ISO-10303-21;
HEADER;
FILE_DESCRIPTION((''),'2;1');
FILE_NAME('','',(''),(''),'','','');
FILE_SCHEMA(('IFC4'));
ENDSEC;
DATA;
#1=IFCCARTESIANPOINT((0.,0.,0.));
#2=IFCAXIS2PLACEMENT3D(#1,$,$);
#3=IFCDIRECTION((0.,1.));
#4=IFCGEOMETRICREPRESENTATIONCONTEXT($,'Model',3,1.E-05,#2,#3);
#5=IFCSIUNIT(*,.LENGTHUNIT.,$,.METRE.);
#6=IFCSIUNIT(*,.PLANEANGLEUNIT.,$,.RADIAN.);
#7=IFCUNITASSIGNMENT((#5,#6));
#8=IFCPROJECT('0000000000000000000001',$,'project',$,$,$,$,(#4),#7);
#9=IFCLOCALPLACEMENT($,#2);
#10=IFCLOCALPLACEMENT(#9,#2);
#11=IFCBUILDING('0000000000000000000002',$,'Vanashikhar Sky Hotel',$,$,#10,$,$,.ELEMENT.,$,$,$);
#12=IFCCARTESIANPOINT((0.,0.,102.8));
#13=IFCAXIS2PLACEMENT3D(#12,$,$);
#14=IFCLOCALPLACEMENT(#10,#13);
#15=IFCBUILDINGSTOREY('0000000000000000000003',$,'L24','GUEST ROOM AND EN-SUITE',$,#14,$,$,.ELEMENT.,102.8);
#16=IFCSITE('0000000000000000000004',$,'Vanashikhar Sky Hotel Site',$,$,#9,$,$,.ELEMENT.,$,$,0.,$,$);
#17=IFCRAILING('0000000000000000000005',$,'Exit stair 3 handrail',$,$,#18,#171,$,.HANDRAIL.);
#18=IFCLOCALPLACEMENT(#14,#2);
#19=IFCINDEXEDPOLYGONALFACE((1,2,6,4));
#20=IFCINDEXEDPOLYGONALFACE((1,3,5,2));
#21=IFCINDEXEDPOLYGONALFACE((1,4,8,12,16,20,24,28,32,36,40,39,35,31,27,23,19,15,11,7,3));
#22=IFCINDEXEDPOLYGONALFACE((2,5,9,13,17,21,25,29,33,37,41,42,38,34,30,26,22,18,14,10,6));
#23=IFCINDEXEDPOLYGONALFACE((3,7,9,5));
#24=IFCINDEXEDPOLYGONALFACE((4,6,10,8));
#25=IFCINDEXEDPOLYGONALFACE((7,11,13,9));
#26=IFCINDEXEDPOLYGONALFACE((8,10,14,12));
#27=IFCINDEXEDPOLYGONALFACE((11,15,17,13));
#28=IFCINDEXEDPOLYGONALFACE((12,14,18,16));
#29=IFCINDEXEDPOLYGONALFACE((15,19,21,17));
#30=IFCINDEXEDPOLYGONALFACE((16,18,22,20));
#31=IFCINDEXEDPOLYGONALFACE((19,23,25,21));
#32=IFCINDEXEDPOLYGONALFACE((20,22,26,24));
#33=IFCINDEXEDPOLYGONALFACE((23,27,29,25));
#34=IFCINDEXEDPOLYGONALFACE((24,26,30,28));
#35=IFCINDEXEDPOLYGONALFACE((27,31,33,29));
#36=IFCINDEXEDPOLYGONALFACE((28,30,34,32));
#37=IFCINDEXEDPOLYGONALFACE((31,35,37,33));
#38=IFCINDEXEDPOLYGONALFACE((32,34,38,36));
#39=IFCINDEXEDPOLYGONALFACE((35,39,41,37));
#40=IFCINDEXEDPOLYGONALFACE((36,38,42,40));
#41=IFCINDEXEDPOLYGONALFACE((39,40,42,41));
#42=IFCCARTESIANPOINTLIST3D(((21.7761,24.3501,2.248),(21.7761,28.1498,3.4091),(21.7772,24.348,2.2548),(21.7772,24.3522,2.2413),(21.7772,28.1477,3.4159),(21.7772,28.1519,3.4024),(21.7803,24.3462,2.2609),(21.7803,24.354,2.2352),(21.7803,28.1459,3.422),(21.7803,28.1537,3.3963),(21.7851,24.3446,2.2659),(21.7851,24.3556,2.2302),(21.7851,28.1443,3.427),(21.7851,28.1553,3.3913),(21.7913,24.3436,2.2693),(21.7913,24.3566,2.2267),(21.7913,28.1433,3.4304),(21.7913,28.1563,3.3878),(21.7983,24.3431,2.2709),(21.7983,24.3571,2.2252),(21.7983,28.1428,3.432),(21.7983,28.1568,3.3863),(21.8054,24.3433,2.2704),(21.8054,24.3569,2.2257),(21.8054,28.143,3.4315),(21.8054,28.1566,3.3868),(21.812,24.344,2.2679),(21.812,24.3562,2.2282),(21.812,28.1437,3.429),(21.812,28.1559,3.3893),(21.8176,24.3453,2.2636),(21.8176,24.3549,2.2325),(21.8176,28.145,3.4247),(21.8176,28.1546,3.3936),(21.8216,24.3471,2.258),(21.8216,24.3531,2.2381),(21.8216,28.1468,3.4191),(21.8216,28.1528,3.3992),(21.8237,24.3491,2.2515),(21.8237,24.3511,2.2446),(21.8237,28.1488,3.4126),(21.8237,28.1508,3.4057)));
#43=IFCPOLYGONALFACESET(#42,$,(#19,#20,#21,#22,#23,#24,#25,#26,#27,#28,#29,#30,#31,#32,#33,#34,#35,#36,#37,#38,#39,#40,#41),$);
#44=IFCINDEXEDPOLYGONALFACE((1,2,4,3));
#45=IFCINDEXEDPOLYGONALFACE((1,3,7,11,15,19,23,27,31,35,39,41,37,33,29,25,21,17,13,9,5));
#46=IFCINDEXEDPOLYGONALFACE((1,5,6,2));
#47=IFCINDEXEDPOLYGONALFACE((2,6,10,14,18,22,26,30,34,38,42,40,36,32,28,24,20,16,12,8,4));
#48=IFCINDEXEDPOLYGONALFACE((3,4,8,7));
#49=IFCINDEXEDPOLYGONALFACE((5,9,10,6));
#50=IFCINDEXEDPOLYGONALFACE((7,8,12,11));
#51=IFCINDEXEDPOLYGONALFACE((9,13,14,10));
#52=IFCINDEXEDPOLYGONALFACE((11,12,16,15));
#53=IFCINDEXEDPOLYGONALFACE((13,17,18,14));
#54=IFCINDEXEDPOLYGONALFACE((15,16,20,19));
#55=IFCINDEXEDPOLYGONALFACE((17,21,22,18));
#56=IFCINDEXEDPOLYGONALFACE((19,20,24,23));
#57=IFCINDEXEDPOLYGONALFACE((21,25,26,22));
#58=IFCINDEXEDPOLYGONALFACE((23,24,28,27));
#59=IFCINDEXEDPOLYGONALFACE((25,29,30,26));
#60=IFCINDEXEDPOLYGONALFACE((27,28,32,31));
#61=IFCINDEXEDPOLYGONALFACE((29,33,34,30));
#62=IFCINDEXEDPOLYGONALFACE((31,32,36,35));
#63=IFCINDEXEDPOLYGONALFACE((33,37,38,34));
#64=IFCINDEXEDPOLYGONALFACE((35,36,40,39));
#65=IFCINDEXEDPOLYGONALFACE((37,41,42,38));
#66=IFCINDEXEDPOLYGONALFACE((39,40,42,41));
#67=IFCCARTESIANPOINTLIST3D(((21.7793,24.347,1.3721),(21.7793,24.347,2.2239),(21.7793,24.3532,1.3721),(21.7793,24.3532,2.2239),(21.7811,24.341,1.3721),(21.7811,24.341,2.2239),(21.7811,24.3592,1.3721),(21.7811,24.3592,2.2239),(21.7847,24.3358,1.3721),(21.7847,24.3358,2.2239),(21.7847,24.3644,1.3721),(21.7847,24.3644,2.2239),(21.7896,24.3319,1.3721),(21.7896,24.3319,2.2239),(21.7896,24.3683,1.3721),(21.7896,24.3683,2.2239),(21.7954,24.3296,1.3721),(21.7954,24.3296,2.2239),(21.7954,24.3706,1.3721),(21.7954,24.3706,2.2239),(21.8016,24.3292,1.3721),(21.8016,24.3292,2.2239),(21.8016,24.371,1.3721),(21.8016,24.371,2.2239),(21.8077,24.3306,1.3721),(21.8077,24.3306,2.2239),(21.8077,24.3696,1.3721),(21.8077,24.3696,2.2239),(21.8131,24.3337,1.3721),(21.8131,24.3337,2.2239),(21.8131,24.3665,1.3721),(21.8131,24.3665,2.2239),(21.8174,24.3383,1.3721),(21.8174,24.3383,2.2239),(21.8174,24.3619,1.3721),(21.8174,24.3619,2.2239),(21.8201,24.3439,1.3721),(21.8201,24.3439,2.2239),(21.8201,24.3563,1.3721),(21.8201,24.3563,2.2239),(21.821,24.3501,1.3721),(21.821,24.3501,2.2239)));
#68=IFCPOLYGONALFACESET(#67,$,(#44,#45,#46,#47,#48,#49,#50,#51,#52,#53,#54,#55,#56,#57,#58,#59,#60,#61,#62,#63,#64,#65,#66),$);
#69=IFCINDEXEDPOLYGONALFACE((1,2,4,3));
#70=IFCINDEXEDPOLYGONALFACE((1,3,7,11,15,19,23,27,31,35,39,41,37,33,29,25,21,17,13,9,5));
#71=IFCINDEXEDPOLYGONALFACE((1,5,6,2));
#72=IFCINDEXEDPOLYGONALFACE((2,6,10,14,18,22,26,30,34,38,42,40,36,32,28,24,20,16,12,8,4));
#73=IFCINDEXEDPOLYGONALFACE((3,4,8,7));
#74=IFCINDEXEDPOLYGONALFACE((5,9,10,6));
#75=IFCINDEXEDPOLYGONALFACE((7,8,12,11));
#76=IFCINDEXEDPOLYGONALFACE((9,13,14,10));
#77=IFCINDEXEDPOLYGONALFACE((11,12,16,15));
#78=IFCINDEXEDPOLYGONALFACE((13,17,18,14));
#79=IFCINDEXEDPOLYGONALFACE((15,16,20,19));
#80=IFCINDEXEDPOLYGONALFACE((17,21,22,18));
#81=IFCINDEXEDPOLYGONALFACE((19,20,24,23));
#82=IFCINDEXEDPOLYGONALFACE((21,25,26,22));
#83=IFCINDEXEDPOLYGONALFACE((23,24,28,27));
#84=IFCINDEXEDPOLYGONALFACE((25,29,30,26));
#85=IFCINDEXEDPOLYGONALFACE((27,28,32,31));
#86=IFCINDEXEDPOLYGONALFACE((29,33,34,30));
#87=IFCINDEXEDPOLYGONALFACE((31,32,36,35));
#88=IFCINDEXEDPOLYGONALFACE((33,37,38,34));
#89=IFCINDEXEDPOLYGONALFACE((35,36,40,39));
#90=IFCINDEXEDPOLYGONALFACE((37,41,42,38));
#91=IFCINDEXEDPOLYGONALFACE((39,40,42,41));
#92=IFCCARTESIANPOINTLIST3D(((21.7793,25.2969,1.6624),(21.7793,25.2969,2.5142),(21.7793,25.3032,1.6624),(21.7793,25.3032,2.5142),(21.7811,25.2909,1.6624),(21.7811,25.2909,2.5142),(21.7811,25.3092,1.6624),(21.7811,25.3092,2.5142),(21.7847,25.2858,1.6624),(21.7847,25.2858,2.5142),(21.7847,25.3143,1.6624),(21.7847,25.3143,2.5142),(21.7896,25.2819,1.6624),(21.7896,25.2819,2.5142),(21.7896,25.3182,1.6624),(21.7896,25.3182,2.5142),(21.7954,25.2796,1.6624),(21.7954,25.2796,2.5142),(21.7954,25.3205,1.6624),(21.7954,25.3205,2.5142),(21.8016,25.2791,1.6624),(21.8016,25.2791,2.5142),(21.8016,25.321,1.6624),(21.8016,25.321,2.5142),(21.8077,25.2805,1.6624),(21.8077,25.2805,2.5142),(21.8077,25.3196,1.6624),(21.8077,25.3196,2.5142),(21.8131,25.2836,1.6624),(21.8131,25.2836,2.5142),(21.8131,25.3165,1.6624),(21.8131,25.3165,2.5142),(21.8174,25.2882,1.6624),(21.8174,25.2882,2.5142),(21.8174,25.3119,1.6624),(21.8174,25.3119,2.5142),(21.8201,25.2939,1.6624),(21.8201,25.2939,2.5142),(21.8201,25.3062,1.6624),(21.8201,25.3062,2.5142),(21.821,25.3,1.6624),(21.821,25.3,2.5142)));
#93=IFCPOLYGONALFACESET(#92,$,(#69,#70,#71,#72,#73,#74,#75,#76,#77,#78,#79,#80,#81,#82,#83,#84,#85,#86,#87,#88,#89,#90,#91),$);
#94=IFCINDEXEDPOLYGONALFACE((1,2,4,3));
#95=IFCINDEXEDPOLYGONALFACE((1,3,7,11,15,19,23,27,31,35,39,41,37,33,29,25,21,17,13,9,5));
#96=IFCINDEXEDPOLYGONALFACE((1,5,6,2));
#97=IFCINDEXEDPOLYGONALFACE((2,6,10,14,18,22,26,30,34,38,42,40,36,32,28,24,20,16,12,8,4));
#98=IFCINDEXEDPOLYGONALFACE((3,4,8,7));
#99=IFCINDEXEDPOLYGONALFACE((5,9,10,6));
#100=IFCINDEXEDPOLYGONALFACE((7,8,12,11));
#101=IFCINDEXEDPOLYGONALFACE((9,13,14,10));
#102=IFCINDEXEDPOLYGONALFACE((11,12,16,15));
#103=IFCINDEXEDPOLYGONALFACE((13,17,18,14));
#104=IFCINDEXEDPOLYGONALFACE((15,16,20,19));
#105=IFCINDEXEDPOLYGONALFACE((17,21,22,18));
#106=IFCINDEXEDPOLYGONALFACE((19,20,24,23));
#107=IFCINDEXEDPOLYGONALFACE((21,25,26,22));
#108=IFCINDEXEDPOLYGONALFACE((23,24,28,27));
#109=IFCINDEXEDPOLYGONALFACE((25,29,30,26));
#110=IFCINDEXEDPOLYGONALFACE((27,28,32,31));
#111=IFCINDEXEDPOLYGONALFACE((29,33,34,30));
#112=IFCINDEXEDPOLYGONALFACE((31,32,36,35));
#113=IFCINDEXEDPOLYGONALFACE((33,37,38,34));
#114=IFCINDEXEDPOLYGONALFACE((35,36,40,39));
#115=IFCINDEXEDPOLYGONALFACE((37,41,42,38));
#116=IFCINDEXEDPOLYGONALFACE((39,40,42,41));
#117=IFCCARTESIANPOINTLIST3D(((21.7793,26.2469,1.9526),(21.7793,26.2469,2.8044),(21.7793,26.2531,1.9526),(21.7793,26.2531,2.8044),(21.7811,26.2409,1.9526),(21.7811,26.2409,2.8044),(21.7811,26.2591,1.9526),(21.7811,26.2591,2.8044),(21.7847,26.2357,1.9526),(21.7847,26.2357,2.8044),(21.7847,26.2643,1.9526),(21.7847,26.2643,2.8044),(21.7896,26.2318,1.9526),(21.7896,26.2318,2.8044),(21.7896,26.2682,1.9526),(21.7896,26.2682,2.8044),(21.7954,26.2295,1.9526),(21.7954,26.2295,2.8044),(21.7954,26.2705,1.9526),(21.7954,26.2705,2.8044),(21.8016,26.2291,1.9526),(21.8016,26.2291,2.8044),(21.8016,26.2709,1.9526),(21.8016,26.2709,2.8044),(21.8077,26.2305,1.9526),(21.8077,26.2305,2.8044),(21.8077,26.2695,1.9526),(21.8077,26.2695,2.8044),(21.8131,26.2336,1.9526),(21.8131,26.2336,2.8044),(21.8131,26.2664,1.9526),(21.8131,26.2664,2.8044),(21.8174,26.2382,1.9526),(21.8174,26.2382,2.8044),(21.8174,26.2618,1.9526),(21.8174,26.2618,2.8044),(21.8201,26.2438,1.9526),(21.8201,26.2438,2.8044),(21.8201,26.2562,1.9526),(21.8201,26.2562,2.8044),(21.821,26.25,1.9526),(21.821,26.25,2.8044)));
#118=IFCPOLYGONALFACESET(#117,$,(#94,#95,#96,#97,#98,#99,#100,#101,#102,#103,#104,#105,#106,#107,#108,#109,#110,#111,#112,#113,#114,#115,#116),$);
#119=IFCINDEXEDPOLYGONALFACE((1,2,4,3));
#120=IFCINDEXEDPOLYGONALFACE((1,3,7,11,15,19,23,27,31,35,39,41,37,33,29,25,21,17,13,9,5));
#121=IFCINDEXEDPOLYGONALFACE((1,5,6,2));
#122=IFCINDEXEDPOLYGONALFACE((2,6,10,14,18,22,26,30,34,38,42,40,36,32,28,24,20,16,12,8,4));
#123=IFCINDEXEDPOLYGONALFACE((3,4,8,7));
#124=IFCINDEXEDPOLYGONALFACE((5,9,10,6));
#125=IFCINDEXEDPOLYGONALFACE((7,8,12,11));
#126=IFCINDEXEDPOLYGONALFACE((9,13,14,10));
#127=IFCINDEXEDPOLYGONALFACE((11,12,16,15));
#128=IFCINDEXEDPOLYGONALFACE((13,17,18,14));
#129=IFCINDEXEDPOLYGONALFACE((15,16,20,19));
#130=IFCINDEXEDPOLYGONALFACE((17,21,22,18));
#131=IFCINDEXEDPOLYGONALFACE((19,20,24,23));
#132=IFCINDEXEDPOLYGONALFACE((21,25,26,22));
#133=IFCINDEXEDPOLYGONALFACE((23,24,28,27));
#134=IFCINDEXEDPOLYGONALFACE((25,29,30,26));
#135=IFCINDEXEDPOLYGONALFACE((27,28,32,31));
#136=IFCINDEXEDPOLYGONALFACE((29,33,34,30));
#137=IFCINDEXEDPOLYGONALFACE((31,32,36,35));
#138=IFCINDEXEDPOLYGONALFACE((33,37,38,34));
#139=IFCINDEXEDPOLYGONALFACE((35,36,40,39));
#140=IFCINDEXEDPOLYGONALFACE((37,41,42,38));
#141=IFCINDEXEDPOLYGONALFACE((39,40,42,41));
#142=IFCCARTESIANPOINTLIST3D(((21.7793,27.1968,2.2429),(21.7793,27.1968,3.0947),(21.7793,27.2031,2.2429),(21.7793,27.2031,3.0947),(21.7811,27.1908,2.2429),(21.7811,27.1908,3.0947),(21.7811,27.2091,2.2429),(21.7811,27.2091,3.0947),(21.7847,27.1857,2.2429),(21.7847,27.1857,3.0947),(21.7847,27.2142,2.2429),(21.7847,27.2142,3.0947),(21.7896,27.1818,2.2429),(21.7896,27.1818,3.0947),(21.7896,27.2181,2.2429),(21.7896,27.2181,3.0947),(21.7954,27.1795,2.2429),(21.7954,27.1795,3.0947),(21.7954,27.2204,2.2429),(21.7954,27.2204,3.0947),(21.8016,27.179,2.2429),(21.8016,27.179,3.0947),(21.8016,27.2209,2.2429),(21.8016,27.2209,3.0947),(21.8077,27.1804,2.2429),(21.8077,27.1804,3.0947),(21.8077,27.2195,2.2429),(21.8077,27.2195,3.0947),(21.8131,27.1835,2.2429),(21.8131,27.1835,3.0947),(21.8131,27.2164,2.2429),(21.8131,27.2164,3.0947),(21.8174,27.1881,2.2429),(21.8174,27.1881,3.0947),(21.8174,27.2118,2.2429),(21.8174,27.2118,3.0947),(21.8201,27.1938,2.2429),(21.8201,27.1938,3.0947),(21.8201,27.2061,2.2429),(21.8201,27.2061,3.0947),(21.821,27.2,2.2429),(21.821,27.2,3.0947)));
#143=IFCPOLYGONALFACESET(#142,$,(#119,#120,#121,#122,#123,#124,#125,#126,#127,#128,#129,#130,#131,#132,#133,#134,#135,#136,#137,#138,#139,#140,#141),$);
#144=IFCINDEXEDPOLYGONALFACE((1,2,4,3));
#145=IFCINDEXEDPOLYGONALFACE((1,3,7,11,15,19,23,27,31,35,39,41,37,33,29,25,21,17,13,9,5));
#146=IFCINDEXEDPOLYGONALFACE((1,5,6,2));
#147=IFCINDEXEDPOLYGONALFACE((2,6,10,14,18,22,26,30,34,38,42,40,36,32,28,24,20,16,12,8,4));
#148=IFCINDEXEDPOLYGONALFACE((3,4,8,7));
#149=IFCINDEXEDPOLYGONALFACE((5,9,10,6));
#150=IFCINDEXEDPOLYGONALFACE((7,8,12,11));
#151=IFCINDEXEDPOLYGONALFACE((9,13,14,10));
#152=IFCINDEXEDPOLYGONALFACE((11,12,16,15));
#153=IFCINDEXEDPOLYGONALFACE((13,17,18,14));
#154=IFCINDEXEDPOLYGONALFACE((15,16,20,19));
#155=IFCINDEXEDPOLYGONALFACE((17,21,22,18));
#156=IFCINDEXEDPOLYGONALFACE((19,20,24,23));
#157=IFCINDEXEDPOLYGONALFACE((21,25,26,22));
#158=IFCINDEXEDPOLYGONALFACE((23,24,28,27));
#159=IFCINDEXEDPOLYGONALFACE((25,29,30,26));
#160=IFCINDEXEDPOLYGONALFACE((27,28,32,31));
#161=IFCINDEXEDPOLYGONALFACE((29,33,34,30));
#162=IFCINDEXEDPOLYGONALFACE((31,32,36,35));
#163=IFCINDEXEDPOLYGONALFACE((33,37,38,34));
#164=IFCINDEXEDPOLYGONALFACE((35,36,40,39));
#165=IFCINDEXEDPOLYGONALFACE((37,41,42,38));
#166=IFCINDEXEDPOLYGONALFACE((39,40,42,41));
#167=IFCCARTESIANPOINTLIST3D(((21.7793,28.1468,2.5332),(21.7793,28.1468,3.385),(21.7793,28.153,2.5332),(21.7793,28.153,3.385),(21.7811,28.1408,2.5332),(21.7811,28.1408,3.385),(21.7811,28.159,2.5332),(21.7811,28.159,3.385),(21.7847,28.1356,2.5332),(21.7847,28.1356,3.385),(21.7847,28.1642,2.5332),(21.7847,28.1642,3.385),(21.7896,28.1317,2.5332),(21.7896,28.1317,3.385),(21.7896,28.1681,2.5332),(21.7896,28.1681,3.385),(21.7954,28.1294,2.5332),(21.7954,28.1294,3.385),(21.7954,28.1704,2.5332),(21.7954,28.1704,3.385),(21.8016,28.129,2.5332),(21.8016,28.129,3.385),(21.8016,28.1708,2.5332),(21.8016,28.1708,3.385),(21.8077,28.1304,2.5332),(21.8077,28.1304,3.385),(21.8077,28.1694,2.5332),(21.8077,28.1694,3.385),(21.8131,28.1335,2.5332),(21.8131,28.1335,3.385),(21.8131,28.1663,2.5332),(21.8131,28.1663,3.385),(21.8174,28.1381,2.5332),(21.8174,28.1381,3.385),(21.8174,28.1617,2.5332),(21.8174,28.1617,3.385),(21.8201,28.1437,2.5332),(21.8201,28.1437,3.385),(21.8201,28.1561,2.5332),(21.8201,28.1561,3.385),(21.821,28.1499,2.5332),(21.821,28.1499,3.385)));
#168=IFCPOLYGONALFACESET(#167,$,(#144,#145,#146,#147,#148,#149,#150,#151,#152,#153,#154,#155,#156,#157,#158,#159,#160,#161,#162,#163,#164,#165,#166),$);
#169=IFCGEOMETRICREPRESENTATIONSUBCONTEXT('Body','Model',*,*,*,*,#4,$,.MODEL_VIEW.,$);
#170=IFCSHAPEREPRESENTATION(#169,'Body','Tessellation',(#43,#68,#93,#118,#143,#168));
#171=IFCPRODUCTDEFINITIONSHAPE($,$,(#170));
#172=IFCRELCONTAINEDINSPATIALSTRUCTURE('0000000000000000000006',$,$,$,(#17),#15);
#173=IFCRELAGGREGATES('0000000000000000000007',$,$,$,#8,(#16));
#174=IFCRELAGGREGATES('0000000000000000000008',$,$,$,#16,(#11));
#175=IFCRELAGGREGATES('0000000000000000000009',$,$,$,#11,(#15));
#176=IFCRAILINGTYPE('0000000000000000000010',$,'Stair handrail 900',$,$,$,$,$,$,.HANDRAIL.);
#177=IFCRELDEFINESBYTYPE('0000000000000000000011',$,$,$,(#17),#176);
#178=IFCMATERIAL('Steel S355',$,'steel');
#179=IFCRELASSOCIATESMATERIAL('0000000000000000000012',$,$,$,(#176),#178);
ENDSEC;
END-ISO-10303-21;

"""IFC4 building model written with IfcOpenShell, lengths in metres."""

from ifc_helpers import new_model, si_unit, direction, frame, origin, origin_2d, place, context, subcontext, project, spatial, circle, extrude, source, transform, mapped, material, type_object, element, save


model = new_model("IFC4")

# Units and contexts
model_context = context("Model", 3, precision=1e-05, world=origin(), true_north=direction((0.0, 1.0)))
body_context = subcontext(model_context, "Body", "Model", "MODEL_VIEW")
ifc_project = project(units=[si_unit("LENGTHUNIT", "METRE"), si_unit("PLANEANGLEUNIT", "RADIAN")], contexts=[model_context])

# Site, building, storey
site_placement = place(None, origin())
site = spatial("IfcSite", under=ifc_project, at=site_placement, Name="Vanashikhar Sky Hotel Site", CompositionType="ELEMENT", RefElevation=0.0)
building_placement = place(site_placement, origin())
building = spatial("IfcBuilding", under=site, at=building_placement, Name="Vanashikhar Sky Hotel", CompositionType="ELEMENT")
storey_placement = place(building_placement, frame((0.0, 0.0, 102.8)))
storey = spatial("IfcBuildingStorey", under=building, at=storey_placement, Name="L24", Description="GUEST ROOM AND EN-SUITE", CompositionType="ELEMENT", Elevation=102.8)

# Railing
ifc_material_1 = material(Name="Steel S355", Category="steel")
railing_type = type_object("IfcRailingType", Name="Stair handrail 900", PredefinedType="HANDRAIL", material=ifc_material_1)
shared_shape_1 = source(origin(), body_context, "Body", "SweptSolid", [
    extrude(circle(Radius=0.0239, at=origin_2d()), frame((0.0, 0.0, 0.876), z_axis=(0.0, 0.956346, 0.292237), x_axis=(-1.0, 0.0, 0.0)), (0.0, 0.0, 1.0), 3.9731),
    extrude(circle(Radius=0.021, at=origin_2d()), origin(), (0.0, 0.0, 1.0), 0.8518),
    extrude(circle(Radius=0.021, at=origin_2d()), frame((0.0, 0.95, 0.2903)), (0.0, 0.0, 1.0), 0.8518),
    extrude(circle(Radius=0.021, at=origin_2d()), frame((0.0, 1.8999, 0.5806)), (0.0, 0.0, 1.0), 0.8518),
    extrude(circle(Radius=0.021, at=origin_2d()), frame((0.0, 2.8499, 0.8708)), (0.0, 0.0, 1.0), 0.8518),
    extrude(circle(Radius=0.021, at=origin_2d()), frame((0.0, 3.7998, 1.1611)), (0.0, 0.0, 1.0), 0.8518),
])
railing_placement = place(storey_placement, frame((21.8, 24.3501, 1.3721)))
element("IfcRailing", 1, at=railing_placement, inside=storey, type_object=railing_type, Name="Exit stair 3 handrail", PredefinedType="HANDRAIL", context=body_context, shape_type="MappedRepresentation", body=[
    mapped(shared_shape_1, transform((0.0, 0.0, 0.0), scale=1.0)),
])

save(model, "model.ifc")
